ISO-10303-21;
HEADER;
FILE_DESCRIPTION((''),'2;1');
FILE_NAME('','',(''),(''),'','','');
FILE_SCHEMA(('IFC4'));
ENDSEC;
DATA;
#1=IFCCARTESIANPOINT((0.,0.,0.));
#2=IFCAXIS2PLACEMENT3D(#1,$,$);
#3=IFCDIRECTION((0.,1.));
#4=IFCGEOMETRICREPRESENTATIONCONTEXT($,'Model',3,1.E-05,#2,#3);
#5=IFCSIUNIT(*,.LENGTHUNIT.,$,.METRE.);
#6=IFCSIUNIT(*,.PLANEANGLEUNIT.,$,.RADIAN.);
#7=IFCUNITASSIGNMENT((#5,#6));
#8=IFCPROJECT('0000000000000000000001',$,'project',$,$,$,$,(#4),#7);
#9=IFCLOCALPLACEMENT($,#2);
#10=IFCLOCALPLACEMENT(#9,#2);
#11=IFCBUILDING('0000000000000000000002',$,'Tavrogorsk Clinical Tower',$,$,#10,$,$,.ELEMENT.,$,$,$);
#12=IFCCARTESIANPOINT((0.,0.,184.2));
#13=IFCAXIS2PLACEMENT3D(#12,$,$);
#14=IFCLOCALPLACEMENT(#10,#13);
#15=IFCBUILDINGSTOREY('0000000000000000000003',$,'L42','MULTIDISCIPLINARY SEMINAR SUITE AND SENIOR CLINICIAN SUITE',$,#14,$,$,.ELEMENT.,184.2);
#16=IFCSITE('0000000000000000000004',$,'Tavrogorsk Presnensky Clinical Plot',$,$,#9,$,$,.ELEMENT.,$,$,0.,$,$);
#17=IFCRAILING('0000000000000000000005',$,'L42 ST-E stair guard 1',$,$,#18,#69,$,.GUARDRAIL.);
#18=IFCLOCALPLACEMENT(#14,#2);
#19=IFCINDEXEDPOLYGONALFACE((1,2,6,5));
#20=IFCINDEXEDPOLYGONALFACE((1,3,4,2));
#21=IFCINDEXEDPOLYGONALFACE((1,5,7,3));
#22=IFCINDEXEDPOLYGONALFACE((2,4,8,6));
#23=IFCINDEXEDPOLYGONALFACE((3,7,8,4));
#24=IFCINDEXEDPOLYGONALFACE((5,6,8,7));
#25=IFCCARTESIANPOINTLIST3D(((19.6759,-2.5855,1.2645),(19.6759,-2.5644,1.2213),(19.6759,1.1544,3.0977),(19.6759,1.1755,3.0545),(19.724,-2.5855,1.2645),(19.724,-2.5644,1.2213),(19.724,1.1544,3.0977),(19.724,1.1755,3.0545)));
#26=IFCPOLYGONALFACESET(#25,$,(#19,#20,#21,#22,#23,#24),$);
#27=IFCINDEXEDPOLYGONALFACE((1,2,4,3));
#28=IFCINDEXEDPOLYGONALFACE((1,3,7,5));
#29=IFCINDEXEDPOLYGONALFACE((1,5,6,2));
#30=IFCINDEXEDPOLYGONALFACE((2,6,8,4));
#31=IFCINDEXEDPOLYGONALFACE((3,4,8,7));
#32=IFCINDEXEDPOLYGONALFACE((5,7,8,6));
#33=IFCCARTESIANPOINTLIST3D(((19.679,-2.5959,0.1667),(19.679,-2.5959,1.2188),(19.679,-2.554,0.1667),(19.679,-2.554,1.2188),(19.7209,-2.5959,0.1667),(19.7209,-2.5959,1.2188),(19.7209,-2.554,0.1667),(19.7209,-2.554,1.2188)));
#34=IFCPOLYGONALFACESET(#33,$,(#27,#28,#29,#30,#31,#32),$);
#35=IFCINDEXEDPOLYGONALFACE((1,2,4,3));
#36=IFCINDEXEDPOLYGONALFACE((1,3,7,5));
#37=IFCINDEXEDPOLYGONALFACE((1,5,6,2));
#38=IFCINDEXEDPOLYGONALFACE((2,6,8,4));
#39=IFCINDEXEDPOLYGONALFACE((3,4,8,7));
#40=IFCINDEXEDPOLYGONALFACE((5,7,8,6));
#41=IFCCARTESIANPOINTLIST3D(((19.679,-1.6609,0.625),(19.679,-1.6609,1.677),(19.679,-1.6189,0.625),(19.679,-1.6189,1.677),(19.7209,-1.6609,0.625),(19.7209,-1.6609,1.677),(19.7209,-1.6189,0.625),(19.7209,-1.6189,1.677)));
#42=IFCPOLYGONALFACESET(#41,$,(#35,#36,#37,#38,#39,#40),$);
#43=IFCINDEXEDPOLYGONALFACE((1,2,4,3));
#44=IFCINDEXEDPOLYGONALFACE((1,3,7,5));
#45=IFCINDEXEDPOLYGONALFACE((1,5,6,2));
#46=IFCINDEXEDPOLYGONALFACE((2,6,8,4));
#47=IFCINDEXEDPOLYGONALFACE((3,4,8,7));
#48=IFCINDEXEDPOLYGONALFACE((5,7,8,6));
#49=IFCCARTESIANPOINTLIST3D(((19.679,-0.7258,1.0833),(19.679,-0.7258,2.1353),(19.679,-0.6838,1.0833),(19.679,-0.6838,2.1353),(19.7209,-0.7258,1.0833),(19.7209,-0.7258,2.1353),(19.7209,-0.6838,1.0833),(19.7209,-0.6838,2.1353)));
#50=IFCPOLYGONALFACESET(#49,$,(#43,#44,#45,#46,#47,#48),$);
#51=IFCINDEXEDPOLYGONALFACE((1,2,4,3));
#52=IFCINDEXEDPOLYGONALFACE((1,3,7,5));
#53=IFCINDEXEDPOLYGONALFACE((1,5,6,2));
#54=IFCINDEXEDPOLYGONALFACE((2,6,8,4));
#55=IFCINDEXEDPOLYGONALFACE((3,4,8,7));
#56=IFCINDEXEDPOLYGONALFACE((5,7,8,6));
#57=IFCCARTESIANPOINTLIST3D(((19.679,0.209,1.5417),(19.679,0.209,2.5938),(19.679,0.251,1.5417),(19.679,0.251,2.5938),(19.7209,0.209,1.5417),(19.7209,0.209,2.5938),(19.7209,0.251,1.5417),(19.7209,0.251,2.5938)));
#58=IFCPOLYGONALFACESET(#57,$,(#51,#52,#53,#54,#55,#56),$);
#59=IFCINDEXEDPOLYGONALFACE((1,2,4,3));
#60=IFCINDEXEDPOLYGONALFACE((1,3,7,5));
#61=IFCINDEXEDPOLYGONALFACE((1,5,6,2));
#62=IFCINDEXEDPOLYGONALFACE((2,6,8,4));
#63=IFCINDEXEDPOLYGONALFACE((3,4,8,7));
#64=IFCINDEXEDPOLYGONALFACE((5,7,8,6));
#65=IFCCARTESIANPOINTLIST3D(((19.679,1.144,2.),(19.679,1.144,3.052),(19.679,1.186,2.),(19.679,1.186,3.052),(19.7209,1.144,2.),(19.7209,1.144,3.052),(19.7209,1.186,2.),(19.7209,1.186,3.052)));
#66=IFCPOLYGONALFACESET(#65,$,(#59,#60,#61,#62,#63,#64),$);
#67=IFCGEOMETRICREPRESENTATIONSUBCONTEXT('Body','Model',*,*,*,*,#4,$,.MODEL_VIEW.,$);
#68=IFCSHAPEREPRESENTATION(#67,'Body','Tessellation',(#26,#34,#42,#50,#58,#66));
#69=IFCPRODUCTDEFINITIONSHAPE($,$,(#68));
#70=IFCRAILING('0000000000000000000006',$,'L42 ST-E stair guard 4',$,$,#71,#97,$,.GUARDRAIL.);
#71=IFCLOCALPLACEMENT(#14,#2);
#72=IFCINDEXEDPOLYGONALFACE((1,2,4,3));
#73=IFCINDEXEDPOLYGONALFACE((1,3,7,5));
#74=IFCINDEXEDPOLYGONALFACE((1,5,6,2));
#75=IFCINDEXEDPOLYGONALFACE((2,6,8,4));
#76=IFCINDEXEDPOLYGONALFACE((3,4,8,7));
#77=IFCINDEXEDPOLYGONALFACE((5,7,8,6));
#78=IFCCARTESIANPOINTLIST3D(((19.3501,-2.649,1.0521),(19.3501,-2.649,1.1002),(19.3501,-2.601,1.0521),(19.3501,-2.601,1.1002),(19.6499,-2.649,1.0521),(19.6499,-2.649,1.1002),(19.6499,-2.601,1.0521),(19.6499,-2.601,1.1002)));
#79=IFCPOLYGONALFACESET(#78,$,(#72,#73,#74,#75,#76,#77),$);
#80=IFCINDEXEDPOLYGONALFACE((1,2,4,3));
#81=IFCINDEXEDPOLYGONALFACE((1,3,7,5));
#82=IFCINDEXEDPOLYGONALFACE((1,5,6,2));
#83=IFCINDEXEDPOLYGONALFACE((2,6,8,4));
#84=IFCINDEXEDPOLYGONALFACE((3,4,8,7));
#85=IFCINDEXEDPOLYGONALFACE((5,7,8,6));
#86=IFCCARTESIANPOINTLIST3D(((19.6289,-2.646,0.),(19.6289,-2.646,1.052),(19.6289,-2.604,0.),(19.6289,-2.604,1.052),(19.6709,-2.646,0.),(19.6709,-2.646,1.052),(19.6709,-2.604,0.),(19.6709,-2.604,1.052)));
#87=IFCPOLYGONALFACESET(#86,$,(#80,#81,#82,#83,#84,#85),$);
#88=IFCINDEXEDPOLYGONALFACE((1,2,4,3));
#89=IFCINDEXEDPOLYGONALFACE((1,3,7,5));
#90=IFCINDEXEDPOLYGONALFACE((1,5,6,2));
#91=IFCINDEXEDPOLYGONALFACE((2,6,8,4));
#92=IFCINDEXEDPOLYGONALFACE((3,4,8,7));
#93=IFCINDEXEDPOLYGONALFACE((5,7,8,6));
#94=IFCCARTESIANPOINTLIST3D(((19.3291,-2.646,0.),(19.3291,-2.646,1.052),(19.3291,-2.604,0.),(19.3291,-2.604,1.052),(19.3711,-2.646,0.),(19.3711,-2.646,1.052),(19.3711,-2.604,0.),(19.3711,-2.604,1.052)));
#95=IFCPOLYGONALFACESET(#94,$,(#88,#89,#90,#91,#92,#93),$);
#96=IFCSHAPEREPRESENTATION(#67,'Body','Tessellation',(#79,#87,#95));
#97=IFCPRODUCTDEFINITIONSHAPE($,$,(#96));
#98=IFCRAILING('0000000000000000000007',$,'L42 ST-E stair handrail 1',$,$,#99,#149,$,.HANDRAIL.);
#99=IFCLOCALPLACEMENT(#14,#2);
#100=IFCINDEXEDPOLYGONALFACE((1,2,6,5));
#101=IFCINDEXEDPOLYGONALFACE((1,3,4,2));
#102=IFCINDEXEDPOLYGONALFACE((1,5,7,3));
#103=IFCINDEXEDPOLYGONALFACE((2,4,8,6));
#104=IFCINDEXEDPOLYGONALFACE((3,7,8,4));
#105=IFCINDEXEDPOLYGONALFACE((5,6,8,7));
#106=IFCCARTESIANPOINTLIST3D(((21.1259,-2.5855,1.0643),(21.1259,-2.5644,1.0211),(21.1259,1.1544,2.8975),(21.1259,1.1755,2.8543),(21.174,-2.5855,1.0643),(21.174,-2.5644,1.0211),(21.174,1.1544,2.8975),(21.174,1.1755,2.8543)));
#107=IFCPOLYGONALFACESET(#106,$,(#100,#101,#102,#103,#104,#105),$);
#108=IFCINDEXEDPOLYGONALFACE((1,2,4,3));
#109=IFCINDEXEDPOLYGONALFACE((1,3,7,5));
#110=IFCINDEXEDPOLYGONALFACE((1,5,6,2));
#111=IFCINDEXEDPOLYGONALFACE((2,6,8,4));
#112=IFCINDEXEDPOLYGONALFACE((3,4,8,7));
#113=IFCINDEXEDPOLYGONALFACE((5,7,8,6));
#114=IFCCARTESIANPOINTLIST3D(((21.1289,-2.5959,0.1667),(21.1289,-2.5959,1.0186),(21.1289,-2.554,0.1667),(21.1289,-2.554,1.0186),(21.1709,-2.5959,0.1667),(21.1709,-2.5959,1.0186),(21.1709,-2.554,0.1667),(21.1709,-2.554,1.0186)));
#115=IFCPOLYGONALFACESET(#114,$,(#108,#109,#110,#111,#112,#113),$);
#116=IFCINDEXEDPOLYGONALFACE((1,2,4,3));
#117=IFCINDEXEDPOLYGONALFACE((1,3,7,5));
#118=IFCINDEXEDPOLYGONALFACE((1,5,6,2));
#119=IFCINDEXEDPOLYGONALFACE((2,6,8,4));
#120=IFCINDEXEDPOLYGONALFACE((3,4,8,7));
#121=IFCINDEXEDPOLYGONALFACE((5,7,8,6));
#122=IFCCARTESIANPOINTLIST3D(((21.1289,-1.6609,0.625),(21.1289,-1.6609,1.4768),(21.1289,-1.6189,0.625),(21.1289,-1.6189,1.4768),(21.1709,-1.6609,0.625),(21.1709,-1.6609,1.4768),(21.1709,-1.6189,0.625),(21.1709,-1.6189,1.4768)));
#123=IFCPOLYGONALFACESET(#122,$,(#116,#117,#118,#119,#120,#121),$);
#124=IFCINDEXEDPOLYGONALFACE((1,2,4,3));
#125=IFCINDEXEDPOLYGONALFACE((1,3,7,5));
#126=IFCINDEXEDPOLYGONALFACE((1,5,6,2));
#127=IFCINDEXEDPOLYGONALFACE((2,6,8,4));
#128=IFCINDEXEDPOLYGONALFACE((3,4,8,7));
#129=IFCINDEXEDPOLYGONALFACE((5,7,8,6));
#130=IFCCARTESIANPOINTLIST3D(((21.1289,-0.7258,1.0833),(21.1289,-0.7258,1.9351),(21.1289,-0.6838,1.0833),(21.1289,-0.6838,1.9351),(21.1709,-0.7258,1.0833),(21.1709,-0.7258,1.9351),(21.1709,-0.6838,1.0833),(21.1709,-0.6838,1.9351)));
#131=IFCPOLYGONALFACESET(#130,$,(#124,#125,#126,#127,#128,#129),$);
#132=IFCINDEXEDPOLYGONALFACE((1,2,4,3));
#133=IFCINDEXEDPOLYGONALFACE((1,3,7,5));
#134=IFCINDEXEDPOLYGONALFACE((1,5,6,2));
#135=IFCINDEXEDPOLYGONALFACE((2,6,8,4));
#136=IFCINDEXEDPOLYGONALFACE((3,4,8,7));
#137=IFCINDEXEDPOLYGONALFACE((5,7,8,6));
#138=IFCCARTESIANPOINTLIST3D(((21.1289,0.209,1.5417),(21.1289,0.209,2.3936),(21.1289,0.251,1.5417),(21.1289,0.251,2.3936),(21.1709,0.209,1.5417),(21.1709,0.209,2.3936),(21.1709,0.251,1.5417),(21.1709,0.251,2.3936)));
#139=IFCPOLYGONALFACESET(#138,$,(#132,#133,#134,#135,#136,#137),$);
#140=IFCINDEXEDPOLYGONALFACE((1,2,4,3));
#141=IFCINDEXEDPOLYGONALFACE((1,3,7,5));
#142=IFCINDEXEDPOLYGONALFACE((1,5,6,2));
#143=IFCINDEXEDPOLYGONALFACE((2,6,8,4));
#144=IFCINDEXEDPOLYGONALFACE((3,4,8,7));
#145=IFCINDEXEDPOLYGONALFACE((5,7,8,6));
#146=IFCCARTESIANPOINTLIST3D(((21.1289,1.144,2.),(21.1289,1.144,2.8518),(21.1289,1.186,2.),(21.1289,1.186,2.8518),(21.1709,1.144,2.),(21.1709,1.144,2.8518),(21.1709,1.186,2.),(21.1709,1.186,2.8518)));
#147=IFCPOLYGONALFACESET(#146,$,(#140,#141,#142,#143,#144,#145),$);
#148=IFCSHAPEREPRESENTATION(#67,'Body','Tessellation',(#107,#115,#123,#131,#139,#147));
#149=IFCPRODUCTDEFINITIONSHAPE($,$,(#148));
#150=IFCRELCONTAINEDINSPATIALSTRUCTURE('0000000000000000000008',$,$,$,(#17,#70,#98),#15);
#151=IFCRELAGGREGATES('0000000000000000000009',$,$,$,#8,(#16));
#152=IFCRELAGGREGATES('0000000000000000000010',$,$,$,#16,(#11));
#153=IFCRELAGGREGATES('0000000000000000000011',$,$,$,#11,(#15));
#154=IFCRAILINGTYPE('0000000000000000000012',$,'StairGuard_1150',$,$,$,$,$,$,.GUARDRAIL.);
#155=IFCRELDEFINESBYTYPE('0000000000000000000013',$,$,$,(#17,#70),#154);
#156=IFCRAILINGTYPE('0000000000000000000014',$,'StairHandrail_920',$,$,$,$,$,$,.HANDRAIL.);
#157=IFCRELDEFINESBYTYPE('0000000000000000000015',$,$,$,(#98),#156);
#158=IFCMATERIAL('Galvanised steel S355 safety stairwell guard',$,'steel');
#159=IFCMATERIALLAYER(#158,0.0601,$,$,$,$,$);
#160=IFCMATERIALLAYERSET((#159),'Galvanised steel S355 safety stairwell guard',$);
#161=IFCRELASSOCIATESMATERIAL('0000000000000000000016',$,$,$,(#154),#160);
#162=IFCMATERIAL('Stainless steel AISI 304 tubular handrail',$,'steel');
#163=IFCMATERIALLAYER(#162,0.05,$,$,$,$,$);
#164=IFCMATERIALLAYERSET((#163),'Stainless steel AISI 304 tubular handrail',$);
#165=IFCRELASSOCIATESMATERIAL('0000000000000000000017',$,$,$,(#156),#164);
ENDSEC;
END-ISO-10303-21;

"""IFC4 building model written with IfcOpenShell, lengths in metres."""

from ifc_helpers import new_model, si_unit, direction, frame, origin, origin_2d, place, context, subcontext, project, spatial, rectangle, extrude, material, layer, layer_set, type_object, element, save


model = new_model("IFC4")

# Units and contexts
model_context = context("Model", 3, precision=1e-05, world=origin(), true_north=direction((0.0, 1.0)))
body_context = subcontext(model_context, "Body", "Model", "MODEL_VIEW")
ifc_project = project(units=[si_unit("LENGTHUNIT", "METRE"), si_unit("PLANEANGLEUNIT", "RADIAN")], contexts=[model_context])

# Site, building, storey
site_placement = place(None, origin())
site = spatial("IfcSite", under=ifc_project, at=site_placement, Name="Tavrogorsk Presnensky Clinical Plot", CompositionType="ELEMENT", RefElevation=0.0)
building_placement = place(site_placement, origin())
building = spatial("IfcBuilding", under=site, at=building_placement, Name="Tavrogorsk Clinical Tower", CompositionType="ELEMENT")
storey_placement = place(building_placement, frame((0.0, 0.0, 184.2)))
storey = spatial("IfcBuildingStorey", under=building, at=storey_placement, Name="L42", Description="MULTIDISCIPLINARY SEMINAR SUITE AND SENIOR CLINICIAN SUITE", CompositionType="ELEMENT", Elevation=184.2)

# Railings
ifc_material_1 = material(Name="Galvanised steel S355 safety stairwell guard", Category="steel")
ifc_layer_1 = layer(ifc_material_1, 0.0601)
ifc_layer_set_1 = layer_set([ifc_layer_1], Name="Galvanised steel S355 safety stairwell guard")
railing_type_1 = type_object("IfcRailingType", Name="StairGuard_1150", PredefinedType="GUARDRAIL", material=ifc_layer_set_1)
railing_1_placement = place(storey_placement, frame((19.7, -2.575, 0.1667)))
element("IfcRailing", 1, at=railing_1_placement, inside=storey, type_object=railing_type_1, Name="L42 ST-E stair guard 1", PredefinedType="GUARDRAIL", context=body_context, shape_type="SweptSolid", body=[
    extrude(rectangle(XDim=0.0481, YDim=0.0481, at=origin_2d()), frame((0.0, 0.0, 1.0762), z_axis=(0.0, 0.897928, 0.440142), x_axis=(-1.0, 0.0, 0.0)), (0.0, 0.0, 1.0), 4.165),
    extrude(rectangle(XDim=0.042, YDim=0.042, at=origin_2d()), origin(), (0.0, 0.0, 1.0), 1.052),
    extrude(rectangle(XDim=0.042, YDim=0.042, at=origin_2d()), frame((0.0, 0.9351, 0.4583)), (0.0, 0.0, 1.0), 1.052),
    extrude(rectangle(XDim=0.042, YDim=0.042, at=origin_2d()), frame((0.0, 1.8701, 0.9165)), (0.0, 0.0, 1.0), 1.052),
    extrude(rectangle(XDim=0.042, YDim=0.042, at=origin_2d()), frame((0.0, 2.8049, 1.375)), (0.0, 0.0, 1.0), 1.052),
    extrude(rectangle(XDim=0.042, YDim=0.042, at=origin_2d()), frame((0.0, 3.74, 1.8333)), (0.0, 0.0, 1.0), 1.052),
])
railing_2_placement = place(storey_placement, frame((19.6499, -2.625, 0.0)))
element("IfcRailing", 2, at=railing_2_placement, inside=storey, type_object=railing_type_1, Name="L42 ST-E stair guard 4", PredefinedType="GUARDRAIL", context=body_context, shape_type="SweptSolid", body=[
    extrude(rectangle(XDim=0.0481, YDim=0.0481, at=origin_2d()), frame((0.0, 0.0, 1.0762), z_axis=(-1.0, 0.0, 0.0), x_axis=(0.0, -1.0, 0.0)), (0.0, 0.0, 1.0), 0.2998),
    extrude(rectangle(XDim=0.042, YDim=0.042, at=origin_2d()), origin(), (0.0, 0.0, 1.0), 1.052),
    extrude(rectangle(XDim=0.042, YDim=0.042, at=origin_2d()), frame((-0.2998, 0.0, 0.0)), (0.0, 0.0, 1.0), 1.052),
])
ifc_material_2 = material(Name="Stainless steel AISI 304 tubular handrail", Category="steel")
ifc_layer_2 = layer(ifc_material_2, 0.05)
ifc_layer_set_2 = layer_set([ifc_layer_2], Name="Stainless steel AISI 304 tubular handrail")
railing_type_2 = type_object("IfcRailingType", Name="StairHandrail_920", PredefinedType="HANDRAIL", material=ifc_layer_set_2)
railing_3_placement = place(storey_placement, frame((21.1499, -2.575, 0.1667)))
element("IfcRailing", 3, at=railing_3_placement, inside=storey, type_object=railing_type_2, Name="L42 ST-E stair handrail 1", PredefinedType="HANDRAIL", context=body_context, shape_type="SweptSolid", body=[
    extrude(rectangle(XDim=0.0481, YDim=0.0481, at=origin_2d()), frame((0.0, 0.0, 0.876), z_axis=(0.0, 0.897928, 0.440142), x_axis=(-1.0, 0.0, 0.0)), (0.0, 0.0, 1.0), 4.165),
    extrude(rectangle(XDim=0.042, YDim=0.042, at=origin_2d()), origin(), (0.0, 0.0, 1.0), 0.8518),
    extrude(rectangle(XDim=0.042, YDim=0.042, at=origin_2d()), frame((0.0, 0.9351, 0.4583)), (0.0, 0.0, 1.0), 0.8518),
    extrude(rectangle(XDim=0.042, YDim=0.042, at=origin_2d()), frame((0.0, 1.8701, 0.9165)), (0.0, 0.0, 1.0), 0.8518),
    extrude(rectangle(XDim=0.042, YDim=0.042, at=origin_2d()), frame((0.0, 2.8049, 1.375)), (0.0, 0.0, 1.0), 0.8518),
    extrude(rectangle(XDim=0.042, YDim=0.042, at=origin_2d()), frame((0.0, 3.74, 1.8333)), (0.0, 0.0, 1.0), 0.8518),
])

save(model, "model.ifc")
